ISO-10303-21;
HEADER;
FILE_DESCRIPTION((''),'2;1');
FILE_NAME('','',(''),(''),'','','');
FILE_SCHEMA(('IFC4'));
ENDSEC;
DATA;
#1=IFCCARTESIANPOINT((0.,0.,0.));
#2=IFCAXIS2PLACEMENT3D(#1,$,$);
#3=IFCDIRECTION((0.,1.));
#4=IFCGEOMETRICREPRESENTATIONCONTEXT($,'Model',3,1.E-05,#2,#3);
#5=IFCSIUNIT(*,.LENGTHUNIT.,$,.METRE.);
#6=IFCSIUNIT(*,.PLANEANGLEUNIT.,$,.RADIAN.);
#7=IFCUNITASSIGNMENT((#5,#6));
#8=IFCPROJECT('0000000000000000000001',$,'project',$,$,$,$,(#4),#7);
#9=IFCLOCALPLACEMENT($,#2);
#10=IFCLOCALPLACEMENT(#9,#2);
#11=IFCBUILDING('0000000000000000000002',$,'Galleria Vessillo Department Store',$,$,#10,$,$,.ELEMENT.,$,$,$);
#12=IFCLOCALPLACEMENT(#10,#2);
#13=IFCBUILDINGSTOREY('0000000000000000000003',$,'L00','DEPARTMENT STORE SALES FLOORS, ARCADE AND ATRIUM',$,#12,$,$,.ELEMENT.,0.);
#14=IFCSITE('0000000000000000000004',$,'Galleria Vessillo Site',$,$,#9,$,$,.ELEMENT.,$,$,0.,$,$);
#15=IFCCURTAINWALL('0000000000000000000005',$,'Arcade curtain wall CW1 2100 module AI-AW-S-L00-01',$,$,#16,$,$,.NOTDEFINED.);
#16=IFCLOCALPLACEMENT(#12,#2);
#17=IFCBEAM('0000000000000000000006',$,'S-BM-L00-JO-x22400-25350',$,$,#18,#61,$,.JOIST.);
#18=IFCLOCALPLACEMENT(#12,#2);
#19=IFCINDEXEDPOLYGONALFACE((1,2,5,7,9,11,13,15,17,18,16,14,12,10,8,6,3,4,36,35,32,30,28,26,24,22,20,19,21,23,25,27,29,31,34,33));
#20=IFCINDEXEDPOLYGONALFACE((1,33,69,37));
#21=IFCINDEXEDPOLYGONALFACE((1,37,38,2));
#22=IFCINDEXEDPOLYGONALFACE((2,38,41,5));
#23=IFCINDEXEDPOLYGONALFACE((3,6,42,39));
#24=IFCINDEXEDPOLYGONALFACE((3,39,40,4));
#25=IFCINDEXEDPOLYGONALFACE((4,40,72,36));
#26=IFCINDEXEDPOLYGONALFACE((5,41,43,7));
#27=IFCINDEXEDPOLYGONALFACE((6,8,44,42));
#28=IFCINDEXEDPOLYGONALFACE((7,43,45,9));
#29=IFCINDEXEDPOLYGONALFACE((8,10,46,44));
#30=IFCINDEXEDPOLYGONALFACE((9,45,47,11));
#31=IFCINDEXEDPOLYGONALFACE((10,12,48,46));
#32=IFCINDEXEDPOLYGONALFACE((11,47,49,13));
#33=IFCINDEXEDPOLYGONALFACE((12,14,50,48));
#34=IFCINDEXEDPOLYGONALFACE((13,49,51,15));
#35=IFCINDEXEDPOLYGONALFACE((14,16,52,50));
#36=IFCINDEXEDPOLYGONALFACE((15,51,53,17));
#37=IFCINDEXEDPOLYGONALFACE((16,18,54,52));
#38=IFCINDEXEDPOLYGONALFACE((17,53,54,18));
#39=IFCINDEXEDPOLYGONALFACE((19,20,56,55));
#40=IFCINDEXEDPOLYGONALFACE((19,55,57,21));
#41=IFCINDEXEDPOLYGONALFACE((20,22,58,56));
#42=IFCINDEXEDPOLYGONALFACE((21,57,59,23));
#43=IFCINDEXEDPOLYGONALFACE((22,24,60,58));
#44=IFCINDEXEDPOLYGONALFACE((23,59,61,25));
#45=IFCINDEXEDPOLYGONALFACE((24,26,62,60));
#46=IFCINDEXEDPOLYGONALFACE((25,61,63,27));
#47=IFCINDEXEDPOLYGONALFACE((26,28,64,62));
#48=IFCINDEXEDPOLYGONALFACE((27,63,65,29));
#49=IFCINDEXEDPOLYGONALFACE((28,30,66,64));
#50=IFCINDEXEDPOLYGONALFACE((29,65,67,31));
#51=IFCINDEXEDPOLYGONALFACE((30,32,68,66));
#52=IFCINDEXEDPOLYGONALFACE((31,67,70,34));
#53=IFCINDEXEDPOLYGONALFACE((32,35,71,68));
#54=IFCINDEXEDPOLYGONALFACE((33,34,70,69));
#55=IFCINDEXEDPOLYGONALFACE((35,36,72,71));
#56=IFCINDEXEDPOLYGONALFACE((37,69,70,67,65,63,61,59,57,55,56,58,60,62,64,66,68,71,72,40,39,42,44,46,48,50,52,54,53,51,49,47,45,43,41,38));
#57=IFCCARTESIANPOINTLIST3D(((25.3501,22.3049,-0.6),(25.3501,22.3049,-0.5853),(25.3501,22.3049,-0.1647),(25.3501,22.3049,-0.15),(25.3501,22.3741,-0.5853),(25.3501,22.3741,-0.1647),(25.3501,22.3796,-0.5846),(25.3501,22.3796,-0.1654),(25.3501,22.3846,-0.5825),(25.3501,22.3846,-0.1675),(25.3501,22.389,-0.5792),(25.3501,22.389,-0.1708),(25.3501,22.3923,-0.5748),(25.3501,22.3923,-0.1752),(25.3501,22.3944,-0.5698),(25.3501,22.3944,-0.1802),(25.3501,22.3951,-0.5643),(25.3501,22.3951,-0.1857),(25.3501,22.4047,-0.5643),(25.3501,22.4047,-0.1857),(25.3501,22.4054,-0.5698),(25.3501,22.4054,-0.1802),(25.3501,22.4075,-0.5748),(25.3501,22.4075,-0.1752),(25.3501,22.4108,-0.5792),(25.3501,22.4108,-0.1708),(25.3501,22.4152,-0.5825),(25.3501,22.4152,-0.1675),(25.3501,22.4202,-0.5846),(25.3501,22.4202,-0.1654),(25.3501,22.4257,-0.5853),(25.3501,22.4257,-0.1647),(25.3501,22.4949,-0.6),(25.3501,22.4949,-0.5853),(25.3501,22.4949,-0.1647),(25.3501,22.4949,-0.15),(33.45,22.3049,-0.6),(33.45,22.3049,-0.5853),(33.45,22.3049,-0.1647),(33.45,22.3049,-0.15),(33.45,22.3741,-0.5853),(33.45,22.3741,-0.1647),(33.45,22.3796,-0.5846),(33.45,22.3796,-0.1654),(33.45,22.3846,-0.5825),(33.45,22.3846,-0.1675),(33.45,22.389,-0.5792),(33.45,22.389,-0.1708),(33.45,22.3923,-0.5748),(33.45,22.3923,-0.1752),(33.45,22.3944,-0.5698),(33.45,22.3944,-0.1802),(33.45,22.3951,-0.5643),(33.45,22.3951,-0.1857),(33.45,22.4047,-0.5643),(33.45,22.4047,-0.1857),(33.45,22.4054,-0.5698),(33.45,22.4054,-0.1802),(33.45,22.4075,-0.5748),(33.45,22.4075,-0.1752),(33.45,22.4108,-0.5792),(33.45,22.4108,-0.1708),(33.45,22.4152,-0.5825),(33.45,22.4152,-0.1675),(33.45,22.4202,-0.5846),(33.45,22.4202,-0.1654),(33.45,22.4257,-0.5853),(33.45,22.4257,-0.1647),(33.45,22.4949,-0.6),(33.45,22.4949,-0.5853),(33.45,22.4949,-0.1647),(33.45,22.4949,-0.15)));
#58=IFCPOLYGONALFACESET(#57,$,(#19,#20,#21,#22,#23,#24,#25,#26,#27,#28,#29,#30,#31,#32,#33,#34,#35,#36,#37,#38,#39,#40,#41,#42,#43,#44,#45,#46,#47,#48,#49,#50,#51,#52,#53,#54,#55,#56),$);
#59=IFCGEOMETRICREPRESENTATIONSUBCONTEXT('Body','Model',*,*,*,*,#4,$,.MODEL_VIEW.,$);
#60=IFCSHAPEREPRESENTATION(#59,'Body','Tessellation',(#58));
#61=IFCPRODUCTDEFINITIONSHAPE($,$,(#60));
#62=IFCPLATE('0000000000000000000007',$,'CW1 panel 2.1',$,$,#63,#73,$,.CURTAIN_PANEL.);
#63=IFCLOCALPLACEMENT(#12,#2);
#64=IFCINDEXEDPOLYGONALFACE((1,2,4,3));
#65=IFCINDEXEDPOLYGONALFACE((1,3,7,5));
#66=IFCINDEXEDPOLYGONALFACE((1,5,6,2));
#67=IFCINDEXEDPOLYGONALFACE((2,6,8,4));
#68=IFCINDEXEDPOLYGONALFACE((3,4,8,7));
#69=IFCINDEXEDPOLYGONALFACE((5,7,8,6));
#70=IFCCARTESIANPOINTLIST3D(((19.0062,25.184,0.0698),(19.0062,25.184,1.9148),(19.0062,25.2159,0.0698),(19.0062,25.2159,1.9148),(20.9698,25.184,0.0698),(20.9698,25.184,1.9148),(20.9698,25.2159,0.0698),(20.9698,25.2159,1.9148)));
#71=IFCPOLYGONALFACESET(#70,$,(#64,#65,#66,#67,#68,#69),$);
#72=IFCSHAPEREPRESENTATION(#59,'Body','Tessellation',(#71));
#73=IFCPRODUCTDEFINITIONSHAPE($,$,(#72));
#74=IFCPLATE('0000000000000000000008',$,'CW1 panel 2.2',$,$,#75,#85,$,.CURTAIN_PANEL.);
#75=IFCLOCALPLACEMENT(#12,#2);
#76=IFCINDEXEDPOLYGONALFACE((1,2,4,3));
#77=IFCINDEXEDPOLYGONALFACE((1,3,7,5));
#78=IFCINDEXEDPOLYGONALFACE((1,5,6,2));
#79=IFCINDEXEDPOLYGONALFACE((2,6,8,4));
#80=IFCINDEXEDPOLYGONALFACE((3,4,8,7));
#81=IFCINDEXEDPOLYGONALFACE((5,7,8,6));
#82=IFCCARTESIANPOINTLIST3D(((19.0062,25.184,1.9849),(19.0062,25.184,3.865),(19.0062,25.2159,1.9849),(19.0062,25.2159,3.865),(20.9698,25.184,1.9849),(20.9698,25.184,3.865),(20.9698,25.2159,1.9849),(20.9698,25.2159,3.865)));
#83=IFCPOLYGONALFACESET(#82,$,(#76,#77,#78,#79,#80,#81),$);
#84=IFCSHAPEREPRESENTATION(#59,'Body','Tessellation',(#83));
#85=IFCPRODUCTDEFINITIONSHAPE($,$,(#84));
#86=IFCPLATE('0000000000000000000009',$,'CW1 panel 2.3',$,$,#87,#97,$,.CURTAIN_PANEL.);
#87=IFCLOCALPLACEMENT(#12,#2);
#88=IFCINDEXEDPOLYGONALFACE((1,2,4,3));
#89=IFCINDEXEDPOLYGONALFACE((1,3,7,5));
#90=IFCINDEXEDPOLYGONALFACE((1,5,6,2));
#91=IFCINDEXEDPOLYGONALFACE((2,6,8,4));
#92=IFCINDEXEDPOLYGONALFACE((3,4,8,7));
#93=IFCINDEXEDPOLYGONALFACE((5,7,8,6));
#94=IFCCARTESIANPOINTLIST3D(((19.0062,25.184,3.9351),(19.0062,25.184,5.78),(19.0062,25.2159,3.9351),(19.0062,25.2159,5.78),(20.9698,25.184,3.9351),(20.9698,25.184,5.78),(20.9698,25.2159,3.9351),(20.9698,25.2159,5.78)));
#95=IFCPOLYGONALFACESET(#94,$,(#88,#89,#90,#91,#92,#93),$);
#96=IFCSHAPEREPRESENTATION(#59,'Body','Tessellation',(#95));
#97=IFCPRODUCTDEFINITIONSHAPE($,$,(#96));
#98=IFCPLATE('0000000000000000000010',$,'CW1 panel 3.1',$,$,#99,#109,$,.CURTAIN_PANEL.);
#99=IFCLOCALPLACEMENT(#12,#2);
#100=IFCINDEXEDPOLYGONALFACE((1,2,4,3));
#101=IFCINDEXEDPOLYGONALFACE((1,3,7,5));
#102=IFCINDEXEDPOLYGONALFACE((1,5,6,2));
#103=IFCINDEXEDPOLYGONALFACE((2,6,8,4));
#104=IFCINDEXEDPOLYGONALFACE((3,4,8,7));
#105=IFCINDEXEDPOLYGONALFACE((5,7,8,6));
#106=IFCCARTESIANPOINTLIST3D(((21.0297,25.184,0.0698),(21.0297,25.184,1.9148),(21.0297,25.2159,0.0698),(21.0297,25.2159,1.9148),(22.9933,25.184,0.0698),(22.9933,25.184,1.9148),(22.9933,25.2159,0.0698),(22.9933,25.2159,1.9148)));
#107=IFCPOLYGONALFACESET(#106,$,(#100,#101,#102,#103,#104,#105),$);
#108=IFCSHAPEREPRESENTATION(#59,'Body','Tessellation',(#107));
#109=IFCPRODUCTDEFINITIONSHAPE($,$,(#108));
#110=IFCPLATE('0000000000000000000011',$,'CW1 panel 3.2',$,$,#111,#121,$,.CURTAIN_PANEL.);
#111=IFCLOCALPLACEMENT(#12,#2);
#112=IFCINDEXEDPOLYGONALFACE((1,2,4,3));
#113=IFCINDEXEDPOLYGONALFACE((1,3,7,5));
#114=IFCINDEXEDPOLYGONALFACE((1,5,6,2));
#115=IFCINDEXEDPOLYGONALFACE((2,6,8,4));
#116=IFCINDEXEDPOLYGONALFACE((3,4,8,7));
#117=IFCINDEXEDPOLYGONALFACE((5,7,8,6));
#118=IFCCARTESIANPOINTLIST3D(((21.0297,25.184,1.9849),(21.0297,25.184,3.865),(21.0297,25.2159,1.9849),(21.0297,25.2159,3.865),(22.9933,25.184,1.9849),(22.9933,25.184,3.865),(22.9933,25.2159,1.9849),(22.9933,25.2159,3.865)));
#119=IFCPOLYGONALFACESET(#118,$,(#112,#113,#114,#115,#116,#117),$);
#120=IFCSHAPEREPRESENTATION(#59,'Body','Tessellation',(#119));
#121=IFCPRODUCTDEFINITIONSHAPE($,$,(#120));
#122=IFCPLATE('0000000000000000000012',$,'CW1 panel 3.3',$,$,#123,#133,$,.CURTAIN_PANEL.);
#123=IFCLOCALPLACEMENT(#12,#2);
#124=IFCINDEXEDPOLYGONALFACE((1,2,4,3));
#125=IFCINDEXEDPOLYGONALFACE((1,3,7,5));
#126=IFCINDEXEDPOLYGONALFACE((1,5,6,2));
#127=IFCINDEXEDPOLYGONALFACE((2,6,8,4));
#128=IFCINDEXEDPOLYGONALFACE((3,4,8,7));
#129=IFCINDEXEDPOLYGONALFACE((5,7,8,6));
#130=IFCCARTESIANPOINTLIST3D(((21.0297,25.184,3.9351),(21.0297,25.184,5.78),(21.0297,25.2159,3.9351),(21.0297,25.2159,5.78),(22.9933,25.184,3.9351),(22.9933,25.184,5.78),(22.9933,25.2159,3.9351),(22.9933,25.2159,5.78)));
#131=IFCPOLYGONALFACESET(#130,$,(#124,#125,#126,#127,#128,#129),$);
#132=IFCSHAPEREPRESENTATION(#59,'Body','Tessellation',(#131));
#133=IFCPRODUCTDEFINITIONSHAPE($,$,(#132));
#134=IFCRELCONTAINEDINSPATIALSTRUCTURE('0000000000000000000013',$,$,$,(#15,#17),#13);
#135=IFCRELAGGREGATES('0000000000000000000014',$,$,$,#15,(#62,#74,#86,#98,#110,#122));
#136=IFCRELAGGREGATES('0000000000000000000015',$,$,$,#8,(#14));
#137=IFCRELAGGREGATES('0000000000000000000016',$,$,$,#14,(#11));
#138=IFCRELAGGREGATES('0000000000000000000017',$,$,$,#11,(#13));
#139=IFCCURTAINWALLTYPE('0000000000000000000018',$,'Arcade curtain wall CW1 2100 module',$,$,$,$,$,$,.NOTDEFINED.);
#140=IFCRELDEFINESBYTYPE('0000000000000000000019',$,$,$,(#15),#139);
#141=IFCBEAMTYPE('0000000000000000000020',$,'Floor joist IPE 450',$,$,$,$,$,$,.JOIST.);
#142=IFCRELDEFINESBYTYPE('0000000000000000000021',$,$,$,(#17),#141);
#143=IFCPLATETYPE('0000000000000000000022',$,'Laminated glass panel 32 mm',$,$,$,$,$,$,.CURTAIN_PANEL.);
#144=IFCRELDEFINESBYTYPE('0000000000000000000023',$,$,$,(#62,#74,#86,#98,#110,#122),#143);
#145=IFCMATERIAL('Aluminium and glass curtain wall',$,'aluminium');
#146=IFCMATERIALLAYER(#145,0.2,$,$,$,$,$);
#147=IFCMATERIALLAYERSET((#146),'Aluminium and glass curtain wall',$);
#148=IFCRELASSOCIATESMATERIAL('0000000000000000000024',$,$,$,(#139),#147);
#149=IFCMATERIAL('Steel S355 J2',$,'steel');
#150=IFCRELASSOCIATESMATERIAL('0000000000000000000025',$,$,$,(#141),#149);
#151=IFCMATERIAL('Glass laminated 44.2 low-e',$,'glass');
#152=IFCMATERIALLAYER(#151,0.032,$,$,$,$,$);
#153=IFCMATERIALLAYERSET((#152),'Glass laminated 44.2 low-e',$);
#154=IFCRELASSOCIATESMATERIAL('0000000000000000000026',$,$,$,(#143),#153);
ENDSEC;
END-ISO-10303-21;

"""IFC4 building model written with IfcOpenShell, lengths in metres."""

from ifc_helpers import new_model, si_unit, direction, frame, origin, origin_2d, place, context, subcontext, project, spatial, rectangle, i_section, extrude, material, layer, layer_set, material_profile, profile_set, type_object, element, aggregate, save


model = new_model("IFC4")

# Units and contexts
model_context = context("Model", 3, precision=1e-05, world=origin(), true_north=direction((0.0, 1.0)))
body_context = subcontext(model_context, "Body", "Model", "MODEL_VIEW")
ifc_project = project(units=[si_unit("LENGTHUNIT", "METRE"), si_unit("PLANEANGLEUNIT", "RADIAN")], contexts=[model_context])

# Site, building, storey
site_placement = place(None, origin())
site = spatial("IfcSite", under=ifc_project, at=site_placement, Name="Galleria Vessillo Site", CompositionType="ELEMENT", RefElevation=0.0)
building_placement = place(site_placement, origin())
building = spatial("IfcBuilding", under=site, at=building_placement, Name="Galleria Vessillo Department Store", CompositionType="ELEMENT")
storey_placement = place(building_placement, origin())
storey = spatial("IfcBuildingStorey", under=building, at=storey_placement, Name="L00", Description="DEPARTMENT STORE SALES FLOORS, ARCADE AND ATRIUM", CompositionType="ELEMENT", Elevation=0.0)

# Curtain wall
ifc_material_1 = material(Name="Aluminium and glass curtain wall", Category="aluminium")
ifc_layer_1 = layer(ifc_material_1, 0.2)
ifc_layer_set_1 = layer_set([ifc_layer_1], Name="Aluminium and glass curtain wall")
curtain_wall_type = type_object("IfcCurtainWallType", Name="Arcade curtain wall CW1 2100 module", PredefinedType="NOTDEFINED", material=ifc_layer_set_1)
curtain_wall_placement = place(storey_placement, origin())
curtain_wall = element("IfcCurtainWall", 1, at=curtain_wall_placement, inside=storey, type_object=curtain_wall_type, Name="Arcade curtain wall CW1 2100 module AI-AW-S-L00-01", PredefinedType="NOTDEFINED")

# Beam
ifc_material_2 = material(Name="Steel S355 J2", Category="steel")
ifc_material_profile_1 = material_profile(ifc_material_2, i_section(OverallWidth=0.1899, OverallDepth=0.45, WebThickness=0.0095, FlangeThickness=0.0146, FilletRadius=0.021, at=origin_2d()), Name="IPE 450")
ifc_profile_set_1 = profile_set([ifc_material_profile_1], Name="Steel S355 J2")
beam_type = type_object("IfcBeamType", Name="Floor joist IPE 450", PredefinedType="JOIST", material=ifc_profile_set_1)
beam_placement = place(storey_placement, frame((25.3501, 22.3999, -0.375), z_axis=(1.0, 0.0, 0.0), x_axis=(0.0, 1.0, 0.0)))
element("IfcBeam", 2, at=beam_placement, inside=storey, type_object=beam_type, Name="S-BM-L00-JO-x22400-25350", PredefinedType="JOIST", context=body_context, shape_type="SweptSolid", body=[
    extrude(i_section(OverallWidth=0.1899, OverallDepth=0.45, WebThickness=0.0095, FlangeThickness=0.0146, FilletRadius=0.021, at=origin_2d()), origin(), (0.0, 0.0, 1.0), 8.0999),
])

# Plates
ifc_material_3 = material(Name="Glass laminated 44.2 low-e", Category="glass")
ifc_layer_2 = layer(ifc_material_3, 0.032)
ifc_layer_set_2 = layer_set([ifc_layer_2], Name="Glass laminated 44.2 low-e")
plate_type = type_object("IfcPlateType", Name="Laminated glass panel 32 mm", PredefinedType="CURTAIN_PANEL", material=ifc_layer_set_2)
plate_1_placement = place(storey_placement, frame((19.988, 25.2, 0.0698), z_axis=(0.0, 0.0, 1.0), x_axis=(1.0, 0.0, 0.0)))
plate_1 = element("IfcPlate", 3, at=plate_1_placement, type_object=plate_type, Name="CW1 panel 2.1", PredefinedType="CURTAIN_PANEL", context=body_context, shape_type="SweptSolid", body=[
    extrude(rectangle(XDim=1.9636, YDim=0.032, at=origin_2d()), origin(), (0.0, 0.0, 1.0), 1.845),
])
plate_2_placement = place(storey_placement, frame((19.988, 25.2, 1.9849), z_axis=(0.0, 0.0, 1.0), x_axis=(1.0, 0.0, 0.0)))
plate_2 = element("IfcPlate", 4, at=plate_2_placement, type_object=plate_type, Name="CW1 panel 2.2", PredefinedType="CURTAIN_PANEL", context=body_context, shape_type="SweptSolid", body=[
    extrude(rectangle(XDim=1.9636, YDim=0.032, at=origin_2d()), origin(), (0.0, 0.0, 1.0), 1.8801),
])
plate_3_placement = place(storey_placement, frame((19.988, 25.2, 3.9351), z_axis=(0.0, 0.0, 1.0), x_axis=(1.0, 0.0, 0.0)))
plate_3 = element("IfcPlate", 5, at=plate_3_placement, type_object=plate_type, Name="CW1 panel 2.3", PredefinedType="CURTAIN_PANEL", context=body_context, shape_type="SweptSolid", body=[
    extrude(rectangle(XDim=1.9636, YDim=0.032, at=origin_2d()), origin(), (0.0, 0.0, 1.0), 1.845),
])
plate_4_placement = place(storey_placement, frame((22.0115, 25.2, 0.0698), z_axis=(0.0, 0.0, 1.0), x_axis=(1.0, 0.0, 0.0)))
plate_4 = element("IfcPlate", 6, at=plate_4_placement, type_object=plate_type, Name="CW1 panel 3.1", PredefinedType="CURTAIN_PANEL", context=body_context, shape_type="SweptSolid", body=[
    extrude(rectangle(XDim=1.9636, YDim=0.032, at=origin_2d()), origin(), (0.0, 0.0, 1.0), 1.845),
])
plate_5_placement = place(storey_placement, frame((22.0115, 25.2, 1.9849), z_axis=(0.0, 0.0, 1.0), x_axis=(1.0, 0.0, 0.0)))
plate_5 = element("IfcPlate", 7, at=plate_5_placement, type_object=plate_type, Name="CW1 panel 3.2", PredefinedType="CURTAIN_PANEL", context=body_context, shape_type="SweptSolid", body=[
    extrude(rectangle(XDim=1.9636, YDim=0.032, at=origin_2d()), origin(), (0.0, 0.0, 1.0), 1.8801),
])
plate_6_placement = place(storey_placement, frame((22.0115, 25.2, 3.9351), z_axis=(0.0, 0.0, 1.0), x_axis=(1.0, 0.0, 0.0)))
plate_6 = element("IfcPlate", 8, at=plate_6_placement, type_object=plate_type, Name="CW1 panel 3.3", PredefinedType="CURTAIN_PANEL", context=body_context, shape_type="SweptSolid", body=[
    extrude(rectangle(XDim=1.9636, YDim=0.032, at=origin_2d()), origin(), (0.0, 0.0, 1.0), 1.845),
])
aggregate(curtain_wall, [plate_1, plate_2, plate_3, plate_4, plate_5, plate_6])

save(model, "model.ifc")
